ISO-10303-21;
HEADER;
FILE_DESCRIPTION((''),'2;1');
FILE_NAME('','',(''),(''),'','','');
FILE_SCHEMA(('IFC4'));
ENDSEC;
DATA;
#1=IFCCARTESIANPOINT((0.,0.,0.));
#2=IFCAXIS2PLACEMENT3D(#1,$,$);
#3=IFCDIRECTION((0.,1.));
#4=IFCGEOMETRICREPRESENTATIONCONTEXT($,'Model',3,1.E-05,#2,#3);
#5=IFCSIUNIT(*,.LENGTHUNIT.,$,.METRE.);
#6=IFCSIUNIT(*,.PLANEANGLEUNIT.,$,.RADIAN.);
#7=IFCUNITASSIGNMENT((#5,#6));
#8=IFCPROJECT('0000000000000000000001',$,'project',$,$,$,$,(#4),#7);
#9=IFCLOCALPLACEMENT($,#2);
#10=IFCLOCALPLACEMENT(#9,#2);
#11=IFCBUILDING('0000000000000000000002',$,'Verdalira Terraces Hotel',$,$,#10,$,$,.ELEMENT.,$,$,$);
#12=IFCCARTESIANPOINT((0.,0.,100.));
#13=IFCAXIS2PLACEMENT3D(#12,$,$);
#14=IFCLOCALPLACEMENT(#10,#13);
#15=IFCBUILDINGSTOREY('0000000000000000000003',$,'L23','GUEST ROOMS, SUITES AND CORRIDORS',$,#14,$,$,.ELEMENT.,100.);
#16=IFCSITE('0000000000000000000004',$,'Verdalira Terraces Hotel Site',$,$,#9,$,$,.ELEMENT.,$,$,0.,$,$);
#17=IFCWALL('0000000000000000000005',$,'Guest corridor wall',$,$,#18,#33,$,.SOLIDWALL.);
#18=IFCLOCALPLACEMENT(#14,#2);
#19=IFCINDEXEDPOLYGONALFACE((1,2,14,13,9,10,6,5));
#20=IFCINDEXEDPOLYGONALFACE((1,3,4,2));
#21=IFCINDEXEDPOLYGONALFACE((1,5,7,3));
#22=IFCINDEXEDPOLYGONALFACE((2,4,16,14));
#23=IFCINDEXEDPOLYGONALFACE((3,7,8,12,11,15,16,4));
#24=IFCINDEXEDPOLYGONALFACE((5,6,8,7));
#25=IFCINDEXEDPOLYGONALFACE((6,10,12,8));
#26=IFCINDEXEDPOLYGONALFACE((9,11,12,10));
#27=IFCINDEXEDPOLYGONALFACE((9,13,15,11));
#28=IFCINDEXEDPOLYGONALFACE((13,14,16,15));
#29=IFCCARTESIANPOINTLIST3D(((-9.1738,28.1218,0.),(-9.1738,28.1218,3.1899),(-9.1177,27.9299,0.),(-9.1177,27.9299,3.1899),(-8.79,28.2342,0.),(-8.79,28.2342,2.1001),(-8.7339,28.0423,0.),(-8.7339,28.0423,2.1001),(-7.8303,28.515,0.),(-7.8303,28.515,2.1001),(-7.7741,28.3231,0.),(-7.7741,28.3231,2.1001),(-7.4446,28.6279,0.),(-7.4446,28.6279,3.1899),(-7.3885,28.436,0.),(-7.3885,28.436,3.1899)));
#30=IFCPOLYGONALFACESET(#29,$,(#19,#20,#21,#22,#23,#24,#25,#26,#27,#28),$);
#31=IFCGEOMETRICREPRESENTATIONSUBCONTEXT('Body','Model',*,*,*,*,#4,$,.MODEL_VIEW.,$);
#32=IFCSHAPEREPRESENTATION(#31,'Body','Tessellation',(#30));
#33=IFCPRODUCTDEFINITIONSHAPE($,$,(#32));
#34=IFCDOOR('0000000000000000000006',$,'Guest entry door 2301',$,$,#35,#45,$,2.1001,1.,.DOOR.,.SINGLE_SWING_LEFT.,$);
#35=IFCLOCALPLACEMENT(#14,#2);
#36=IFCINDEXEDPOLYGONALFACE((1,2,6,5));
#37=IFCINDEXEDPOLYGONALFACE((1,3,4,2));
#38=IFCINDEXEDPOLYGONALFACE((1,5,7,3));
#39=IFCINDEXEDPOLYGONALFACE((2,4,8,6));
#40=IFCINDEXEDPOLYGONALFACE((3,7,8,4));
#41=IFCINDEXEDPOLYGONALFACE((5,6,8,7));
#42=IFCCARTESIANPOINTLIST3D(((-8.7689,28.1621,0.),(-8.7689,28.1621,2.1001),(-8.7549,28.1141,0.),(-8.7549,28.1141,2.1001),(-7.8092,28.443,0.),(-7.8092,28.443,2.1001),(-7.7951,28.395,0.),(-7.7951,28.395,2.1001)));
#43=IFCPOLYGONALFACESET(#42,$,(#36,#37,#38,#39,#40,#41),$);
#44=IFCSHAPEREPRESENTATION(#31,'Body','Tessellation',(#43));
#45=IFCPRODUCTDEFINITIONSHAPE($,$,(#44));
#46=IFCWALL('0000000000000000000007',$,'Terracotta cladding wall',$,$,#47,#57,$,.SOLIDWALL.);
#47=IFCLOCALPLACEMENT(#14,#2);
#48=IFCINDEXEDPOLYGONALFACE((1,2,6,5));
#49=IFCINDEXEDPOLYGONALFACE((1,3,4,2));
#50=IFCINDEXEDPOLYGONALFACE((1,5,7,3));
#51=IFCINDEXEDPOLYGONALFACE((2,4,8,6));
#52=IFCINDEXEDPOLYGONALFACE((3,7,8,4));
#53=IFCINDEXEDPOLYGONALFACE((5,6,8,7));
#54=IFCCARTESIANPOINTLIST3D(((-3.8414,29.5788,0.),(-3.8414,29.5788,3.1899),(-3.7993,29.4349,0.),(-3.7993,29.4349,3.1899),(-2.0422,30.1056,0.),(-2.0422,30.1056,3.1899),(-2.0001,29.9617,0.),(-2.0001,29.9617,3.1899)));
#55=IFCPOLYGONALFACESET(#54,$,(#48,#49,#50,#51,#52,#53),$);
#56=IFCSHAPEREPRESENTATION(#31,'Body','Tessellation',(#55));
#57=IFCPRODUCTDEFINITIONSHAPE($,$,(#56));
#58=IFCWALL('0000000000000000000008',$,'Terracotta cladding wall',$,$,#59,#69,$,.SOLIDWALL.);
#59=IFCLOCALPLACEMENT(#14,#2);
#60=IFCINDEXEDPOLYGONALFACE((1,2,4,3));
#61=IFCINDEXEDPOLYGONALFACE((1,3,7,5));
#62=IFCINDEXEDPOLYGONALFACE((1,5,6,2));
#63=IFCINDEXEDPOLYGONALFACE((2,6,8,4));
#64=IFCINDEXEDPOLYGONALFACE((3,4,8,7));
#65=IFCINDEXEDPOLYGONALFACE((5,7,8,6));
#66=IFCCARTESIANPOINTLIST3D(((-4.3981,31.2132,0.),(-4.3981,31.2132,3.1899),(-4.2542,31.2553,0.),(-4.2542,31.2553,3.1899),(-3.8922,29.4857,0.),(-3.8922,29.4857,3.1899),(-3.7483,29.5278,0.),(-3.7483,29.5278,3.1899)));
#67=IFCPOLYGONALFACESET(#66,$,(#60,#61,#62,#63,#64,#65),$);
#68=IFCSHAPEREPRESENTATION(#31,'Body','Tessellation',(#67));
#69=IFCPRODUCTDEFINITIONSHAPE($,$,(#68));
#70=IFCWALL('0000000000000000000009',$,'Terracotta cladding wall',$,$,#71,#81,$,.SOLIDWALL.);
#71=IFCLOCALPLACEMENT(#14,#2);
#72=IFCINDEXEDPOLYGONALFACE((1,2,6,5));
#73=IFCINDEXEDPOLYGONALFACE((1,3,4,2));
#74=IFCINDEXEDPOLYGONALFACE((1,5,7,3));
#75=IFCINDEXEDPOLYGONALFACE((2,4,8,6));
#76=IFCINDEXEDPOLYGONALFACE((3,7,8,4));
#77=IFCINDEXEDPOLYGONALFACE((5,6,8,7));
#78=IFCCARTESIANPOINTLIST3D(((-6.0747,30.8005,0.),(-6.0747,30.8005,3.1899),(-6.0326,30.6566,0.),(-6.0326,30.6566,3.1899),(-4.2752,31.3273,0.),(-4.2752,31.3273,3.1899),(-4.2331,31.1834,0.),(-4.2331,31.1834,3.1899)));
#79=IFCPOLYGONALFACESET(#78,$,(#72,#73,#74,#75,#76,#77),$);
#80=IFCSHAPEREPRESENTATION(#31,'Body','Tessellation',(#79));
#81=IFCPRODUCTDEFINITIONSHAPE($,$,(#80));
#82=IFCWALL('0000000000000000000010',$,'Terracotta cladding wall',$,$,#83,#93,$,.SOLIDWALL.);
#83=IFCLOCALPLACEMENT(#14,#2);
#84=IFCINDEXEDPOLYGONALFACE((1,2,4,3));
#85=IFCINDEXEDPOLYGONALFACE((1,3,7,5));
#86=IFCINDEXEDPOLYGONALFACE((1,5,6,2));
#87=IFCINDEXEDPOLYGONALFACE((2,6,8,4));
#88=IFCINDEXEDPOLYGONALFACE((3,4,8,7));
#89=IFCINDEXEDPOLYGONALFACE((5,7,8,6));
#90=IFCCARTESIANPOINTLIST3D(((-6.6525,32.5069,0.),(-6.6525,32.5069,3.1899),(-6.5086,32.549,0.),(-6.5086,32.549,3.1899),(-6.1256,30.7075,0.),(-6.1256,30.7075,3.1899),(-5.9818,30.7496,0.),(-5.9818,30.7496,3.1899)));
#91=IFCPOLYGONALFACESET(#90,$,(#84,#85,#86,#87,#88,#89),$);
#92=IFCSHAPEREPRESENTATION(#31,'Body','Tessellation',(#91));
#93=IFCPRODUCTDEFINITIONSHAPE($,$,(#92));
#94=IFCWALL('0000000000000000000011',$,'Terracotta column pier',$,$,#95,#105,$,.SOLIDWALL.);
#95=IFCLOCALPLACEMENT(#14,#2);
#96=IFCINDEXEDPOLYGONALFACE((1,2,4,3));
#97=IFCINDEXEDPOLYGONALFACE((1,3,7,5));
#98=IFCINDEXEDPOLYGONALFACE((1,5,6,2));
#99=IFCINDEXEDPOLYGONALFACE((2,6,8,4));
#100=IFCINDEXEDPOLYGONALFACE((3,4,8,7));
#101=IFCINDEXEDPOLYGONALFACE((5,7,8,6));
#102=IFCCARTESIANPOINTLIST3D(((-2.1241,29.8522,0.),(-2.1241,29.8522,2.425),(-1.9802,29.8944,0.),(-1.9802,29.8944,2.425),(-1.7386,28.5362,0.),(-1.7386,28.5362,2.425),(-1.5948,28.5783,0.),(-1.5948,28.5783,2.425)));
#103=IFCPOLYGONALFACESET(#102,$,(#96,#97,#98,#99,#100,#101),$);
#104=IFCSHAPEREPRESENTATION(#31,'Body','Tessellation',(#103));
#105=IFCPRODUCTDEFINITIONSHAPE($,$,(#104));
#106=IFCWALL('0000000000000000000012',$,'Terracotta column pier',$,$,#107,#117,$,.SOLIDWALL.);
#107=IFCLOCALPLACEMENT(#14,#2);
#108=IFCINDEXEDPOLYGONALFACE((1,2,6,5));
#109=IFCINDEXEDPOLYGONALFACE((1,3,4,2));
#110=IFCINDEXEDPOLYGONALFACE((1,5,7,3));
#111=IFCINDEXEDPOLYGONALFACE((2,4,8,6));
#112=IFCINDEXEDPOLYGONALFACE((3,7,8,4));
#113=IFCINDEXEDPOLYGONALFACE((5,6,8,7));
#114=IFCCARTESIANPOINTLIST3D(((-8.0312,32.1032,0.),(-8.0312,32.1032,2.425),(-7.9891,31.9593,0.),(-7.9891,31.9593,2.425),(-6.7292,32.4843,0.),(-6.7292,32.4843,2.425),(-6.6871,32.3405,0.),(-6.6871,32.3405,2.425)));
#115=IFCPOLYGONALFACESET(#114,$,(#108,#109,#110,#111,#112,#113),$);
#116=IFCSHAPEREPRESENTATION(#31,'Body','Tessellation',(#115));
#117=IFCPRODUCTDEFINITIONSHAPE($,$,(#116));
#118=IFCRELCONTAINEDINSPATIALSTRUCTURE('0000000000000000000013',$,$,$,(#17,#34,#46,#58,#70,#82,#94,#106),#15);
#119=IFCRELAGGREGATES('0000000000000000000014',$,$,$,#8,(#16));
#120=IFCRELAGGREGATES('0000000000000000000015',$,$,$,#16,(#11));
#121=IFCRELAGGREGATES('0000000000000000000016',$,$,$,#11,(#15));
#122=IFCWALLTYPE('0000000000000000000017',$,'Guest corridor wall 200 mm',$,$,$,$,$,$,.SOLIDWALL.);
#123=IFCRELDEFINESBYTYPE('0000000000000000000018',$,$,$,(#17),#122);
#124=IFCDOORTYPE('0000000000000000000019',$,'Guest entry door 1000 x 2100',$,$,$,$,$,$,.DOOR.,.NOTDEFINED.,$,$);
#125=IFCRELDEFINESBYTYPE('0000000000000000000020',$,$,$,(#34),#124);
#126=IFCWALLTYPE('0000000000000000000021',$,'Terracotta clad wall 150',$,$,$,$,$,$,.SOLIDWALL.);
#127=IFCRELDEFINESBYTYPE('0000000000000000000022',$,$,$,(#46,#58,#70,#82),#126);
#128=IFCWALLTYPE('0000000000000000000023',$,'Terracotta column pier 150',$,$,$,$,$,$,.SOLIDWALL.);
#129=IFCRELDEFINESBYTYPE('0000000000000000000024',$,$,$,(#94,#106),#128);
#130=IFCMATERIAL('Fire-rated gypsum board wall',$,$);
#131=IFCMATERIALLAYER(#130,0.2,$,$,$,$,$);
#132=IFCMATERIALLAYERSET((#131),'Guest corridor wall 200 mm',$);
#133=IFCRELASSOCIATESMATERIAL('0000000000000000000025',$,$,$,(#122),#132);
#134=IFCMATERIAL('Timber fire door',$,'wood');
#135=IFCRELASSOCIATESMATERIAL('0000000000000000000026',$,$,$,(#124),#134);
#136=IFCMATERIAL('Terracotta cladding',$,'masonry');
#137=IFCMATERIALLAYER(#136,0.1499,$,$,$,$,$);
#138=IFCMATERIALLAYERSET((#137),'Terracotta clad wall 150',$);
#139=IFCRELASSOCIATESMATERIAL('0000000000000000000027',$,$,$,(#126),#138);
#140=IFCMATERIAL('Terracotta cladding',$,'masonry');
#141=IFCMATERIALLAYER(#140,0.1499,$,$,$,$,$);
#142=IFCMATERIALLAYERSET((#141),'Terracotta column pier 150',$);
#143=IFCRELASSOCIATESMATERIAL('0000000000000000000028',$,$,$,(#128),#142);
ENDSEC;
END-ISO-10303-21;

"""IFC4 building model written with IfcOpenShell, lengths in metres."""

from ifc_helpers import new_model, si_unit, direction, frame, frame_2d, origin, place, context, subcontext, project, spatial, rectangle, extrude, material, layer, layer_set, type_object, element, fill, save


model = new_model("IFC4")

# Units and contexts
model_context = context("Model", 3, precision=1e-05, world=origin(), true_north=direction((0.0, 1.0)))
body_context = subcontext(model_context, "Body", "Model", "MODEL_VIEW")
ifc_project = project(units=[si_unit("LENGTHUNIT", "METRE"), si_unit("PLANEANGLEUNIT", "RADIAN")], contexts=[model_context])

# Site, building, storey
site_placement = place(None, origin())
site = spatial("IfcSite", under=ifc_project, at=site_placement, Name="Verdalira Terraces Hotel Site", CompositionType="ELEMENT", RefElevation=0.0)
building_placement = place(site_placement, origin())
building = spatial("IfcBuilding", under=site, at=building_placement, Name="Verdalira Terraces Hotel", CompositionType="ELEMENT")
storey_placement = place(building_placement, frame((0.0, 0.0, 100.0)))
storey = spatial("IfcBuildingStorey", under=building, at=storey_placement, Name="L23", Description="GUEST ROOMS, SUITES AND CORRIDORS", CompositionType="ELEMENT", Elevation=100.0)

# Wall, opening, door
ifc_material_1 = material(Name="Fire-rated gypsum board wall")
ifc_layer_1 = layer(ifc_material_1, 0.2)
ifc_layer_set_1 = layer_set([ifc_layer_1], Name="Guest corridor wall 200 mm")
wall_type_1 = type_object("IfcWallType", Name="Guest corridor wall 200 mm", PredefinedType="SOLIDWALL", material=ifc_layer_set_1)
wall_1_placement = place(storey_placement, frame((-9.1458, 28.0259, 0.0), z_axis=(0.0, 0.0, 1.0), x_axis=(0.95974, 0.28089, 0.0)))
wall_1 = element("IfcWall", 1, at=wall_1_placement, inside=storey, type_object=wall_type_1, Name="Guest corridor wall", PredefinedType="SOLIDWALL", context=body_context, shape_type="SweptSolid", body=[
    extrude(rectangle(XDim=1.8018, YDim=0.2, at=frame_2d((0.9009, 0.0))), origin(), (0.0, 0.0, 1.0), 3.1899),
])
opening_1_placement = place(wall_1_placement, frame((0.3999, 0.0, 0.0)))
opening_1 = element("IfcOpeningElement", 2, at=opening_1_placement, cuts=wall_1, PredefinedType="OPENING", context=body_context, shape_type="SweptSolid", body=[
    extrude(rectangle(XDim=1.0, YDim=2.1001, at=frame_2d((0.5, 1.05))), frame((0.0, 0.1099, 0.0), z_axis=(0.0, -1.0, 0.0), x_axis=(1.0, 0.0, 0.0)), (0.0, 0.0, 1.0), 0.22),
])
ifc_material_2 = material(Name="Timber fire door", Category="wood")
door_type_1 = type_object("IfcDoorType", Name="Guest entry door 1000 x 2100", OperationType="NOTDEFINED", PredefinedType="DOOR", material=ifc_material_2)
door_1_placement = place(opening_1_placement, origin())
door_1 = element("IfcDoor", 3, at=door_1_placement, inside=storey, type_object=door_type_1, Name="Guest entry door 2301", OperationType="SINGLE_SWING_LEFT", OverallHeight=2.1001, OverallWidth=1.0, PredefinedType="DOOR", context=body_context, shape_type="SweptSolid", body=[
    extrude(rectangle(XDim=1.0, YDim=2.1001, at=frame_2d((0.5, 1.05))), frame((0.0, 0.0249, 0.0), z_axis=(0.0, -1.0, 0.0), x_axis=(1.0, 0.0, 0.0)), (0.0, 0.0, 1.0), 0.05),
])
fill(opening_1, door_1)

# Walls
ifc_material_3 = material(Name="Terracotta cladding", Category="masonry")
ifc_layer_2 = layer(ifc_material_3, 0.1499)
ifc_layer_set_2 = layer_set([ifc_layer_2], Name="Terracotta clad wall 150")
wall_type_2 = type_object("IfcWallType", Name="Terracotta clad wall 150", PredefinedType="SOLIDWALL", material=ifc_layer_set_2)
wall_2_placement = place(storey_placement, frame((-2.021, 30.0337, 0.0), z_axis=(0.0, 0.0, 1.0), x_axis=(-0.959705, -0.28101, 0.0)))
element("IfcWall", 4, at=wall_2_placement, inside=storey, type_object=wall_type_2, Name="Terracotta cladding wall", PredefinedType="SOLIDWALL", context=body_context, shape_type="SweptSolid", body=[
    extrude(rectangle(XDim=1.8748, YDim=0.1499, at=frame_2d((0.9375, 0.0))), origin(), (0.0, 0.0, 1.0), 3.1899),
])
wall_3_placement = place(storey_placement, frame((-3.8203, 29.5068, 0.0), z_axis=(0.0, 0.0, 1.0), x_axis=(-0.281021, 0.959702, 0.0)))
element("IfcWall", 5, at=wall_3_placement, inside=storey, type_object=wall_type_2, Name="Terracotta cladding wall", PredefinedType="SOLIDWALL", context=body_context, shape_type="SweptSolid", body=[
    extrude(rectangle(XDim=1.8, YDim=0.1499, at=frame_2d((0.8999, 0.0))), origin(), (0.0, 0.0, 1.0), 3.1899),
])
for number, where, z_axis, x_axis, name in (
    (6, (-4.2542, 31.2554, 0.0), (0.0, 0.0, 1.0), (-0.959715, -0.280975, 0.0), "Terracotta cladding wall"),
    (7, (-6.0537, 30.7285, 0.0), (0.0, 0.0, 1.0), (-0.280975, 0.959715, 0.0), "Terracotta cladding wall"),
):
    element("IfcWall", number, at=place(storey_placement, frame(where, z_axis=z_axis, x_axis=x_axis)), inside=storey, type_object=wall_type_2, Name=name, PredefinedType="SOLIDWALL", context=body_context, shape_type="SweptSolid", body=[
        extrude(rectangle(XDim=1.875, YDim=0.1499, at=frame_2d((0.9375, 0.0))), origin(), (0.0, 0.0, 1.0), 3.1899),
    ])
ifc_material_4 = material(Name="Terracotta cladding", Category="masonry")
ifc_layer_3 = layer(ifc_material_4, 0.1499)
ifc_layer_set_3 = layer_set([ifc_layer_3], Name="Terracotta column pier 150")
wall_type_3 = type_object("IfcWallType", Name="Terracotta column pier 150", PredefinedType="SOLIDWALL", material=ifc_layer_set_3)
wall_4_placement = place(storey_placement, frame((-1.6667, 28.5574, 0.0), z_axis=(0.0, 0.0, 1.0), x_axis=(-0.281087, 0.959682, 0.0)))
element("IfcWall", 8, at=wall_4_placement, inside=storey, type_object=wall_type_3, Name="Terracotta column pier", PredefinedType="SOLIDWALL", context=body_context, shape_type="SweptSolid", body=[
    extrude(rectangle(XDim=1.3713, YDim=0.1499, at=frame_2d((0.6855, 0.0))), origin(), (0.0, 0.0, 1.0), 2.425),
])
wall_5_placement = place(storey_placement, frame((-6.7083, 32.4124, 0.0), z_axis=(0.0, 0.0, 1.0), x_axis=(-0.959731, -0.280919, 0.0)))
element("IfcWall", 9, at=wall_5_placement, inside=storey, type_object=wall_type_3, Name="Terracotta column pier", PredefinedType="SOLIDWALL", context=body_context, shape_type="SweptSolid", body=[
    extrude(rectangle(XDim=1.3567, YDim=0.1499, at=frame_2d((0.6782, 0.0))), origin(), (0.0, 0.0, 1.0), 2.425),
])

save(model, "model.ifc")
